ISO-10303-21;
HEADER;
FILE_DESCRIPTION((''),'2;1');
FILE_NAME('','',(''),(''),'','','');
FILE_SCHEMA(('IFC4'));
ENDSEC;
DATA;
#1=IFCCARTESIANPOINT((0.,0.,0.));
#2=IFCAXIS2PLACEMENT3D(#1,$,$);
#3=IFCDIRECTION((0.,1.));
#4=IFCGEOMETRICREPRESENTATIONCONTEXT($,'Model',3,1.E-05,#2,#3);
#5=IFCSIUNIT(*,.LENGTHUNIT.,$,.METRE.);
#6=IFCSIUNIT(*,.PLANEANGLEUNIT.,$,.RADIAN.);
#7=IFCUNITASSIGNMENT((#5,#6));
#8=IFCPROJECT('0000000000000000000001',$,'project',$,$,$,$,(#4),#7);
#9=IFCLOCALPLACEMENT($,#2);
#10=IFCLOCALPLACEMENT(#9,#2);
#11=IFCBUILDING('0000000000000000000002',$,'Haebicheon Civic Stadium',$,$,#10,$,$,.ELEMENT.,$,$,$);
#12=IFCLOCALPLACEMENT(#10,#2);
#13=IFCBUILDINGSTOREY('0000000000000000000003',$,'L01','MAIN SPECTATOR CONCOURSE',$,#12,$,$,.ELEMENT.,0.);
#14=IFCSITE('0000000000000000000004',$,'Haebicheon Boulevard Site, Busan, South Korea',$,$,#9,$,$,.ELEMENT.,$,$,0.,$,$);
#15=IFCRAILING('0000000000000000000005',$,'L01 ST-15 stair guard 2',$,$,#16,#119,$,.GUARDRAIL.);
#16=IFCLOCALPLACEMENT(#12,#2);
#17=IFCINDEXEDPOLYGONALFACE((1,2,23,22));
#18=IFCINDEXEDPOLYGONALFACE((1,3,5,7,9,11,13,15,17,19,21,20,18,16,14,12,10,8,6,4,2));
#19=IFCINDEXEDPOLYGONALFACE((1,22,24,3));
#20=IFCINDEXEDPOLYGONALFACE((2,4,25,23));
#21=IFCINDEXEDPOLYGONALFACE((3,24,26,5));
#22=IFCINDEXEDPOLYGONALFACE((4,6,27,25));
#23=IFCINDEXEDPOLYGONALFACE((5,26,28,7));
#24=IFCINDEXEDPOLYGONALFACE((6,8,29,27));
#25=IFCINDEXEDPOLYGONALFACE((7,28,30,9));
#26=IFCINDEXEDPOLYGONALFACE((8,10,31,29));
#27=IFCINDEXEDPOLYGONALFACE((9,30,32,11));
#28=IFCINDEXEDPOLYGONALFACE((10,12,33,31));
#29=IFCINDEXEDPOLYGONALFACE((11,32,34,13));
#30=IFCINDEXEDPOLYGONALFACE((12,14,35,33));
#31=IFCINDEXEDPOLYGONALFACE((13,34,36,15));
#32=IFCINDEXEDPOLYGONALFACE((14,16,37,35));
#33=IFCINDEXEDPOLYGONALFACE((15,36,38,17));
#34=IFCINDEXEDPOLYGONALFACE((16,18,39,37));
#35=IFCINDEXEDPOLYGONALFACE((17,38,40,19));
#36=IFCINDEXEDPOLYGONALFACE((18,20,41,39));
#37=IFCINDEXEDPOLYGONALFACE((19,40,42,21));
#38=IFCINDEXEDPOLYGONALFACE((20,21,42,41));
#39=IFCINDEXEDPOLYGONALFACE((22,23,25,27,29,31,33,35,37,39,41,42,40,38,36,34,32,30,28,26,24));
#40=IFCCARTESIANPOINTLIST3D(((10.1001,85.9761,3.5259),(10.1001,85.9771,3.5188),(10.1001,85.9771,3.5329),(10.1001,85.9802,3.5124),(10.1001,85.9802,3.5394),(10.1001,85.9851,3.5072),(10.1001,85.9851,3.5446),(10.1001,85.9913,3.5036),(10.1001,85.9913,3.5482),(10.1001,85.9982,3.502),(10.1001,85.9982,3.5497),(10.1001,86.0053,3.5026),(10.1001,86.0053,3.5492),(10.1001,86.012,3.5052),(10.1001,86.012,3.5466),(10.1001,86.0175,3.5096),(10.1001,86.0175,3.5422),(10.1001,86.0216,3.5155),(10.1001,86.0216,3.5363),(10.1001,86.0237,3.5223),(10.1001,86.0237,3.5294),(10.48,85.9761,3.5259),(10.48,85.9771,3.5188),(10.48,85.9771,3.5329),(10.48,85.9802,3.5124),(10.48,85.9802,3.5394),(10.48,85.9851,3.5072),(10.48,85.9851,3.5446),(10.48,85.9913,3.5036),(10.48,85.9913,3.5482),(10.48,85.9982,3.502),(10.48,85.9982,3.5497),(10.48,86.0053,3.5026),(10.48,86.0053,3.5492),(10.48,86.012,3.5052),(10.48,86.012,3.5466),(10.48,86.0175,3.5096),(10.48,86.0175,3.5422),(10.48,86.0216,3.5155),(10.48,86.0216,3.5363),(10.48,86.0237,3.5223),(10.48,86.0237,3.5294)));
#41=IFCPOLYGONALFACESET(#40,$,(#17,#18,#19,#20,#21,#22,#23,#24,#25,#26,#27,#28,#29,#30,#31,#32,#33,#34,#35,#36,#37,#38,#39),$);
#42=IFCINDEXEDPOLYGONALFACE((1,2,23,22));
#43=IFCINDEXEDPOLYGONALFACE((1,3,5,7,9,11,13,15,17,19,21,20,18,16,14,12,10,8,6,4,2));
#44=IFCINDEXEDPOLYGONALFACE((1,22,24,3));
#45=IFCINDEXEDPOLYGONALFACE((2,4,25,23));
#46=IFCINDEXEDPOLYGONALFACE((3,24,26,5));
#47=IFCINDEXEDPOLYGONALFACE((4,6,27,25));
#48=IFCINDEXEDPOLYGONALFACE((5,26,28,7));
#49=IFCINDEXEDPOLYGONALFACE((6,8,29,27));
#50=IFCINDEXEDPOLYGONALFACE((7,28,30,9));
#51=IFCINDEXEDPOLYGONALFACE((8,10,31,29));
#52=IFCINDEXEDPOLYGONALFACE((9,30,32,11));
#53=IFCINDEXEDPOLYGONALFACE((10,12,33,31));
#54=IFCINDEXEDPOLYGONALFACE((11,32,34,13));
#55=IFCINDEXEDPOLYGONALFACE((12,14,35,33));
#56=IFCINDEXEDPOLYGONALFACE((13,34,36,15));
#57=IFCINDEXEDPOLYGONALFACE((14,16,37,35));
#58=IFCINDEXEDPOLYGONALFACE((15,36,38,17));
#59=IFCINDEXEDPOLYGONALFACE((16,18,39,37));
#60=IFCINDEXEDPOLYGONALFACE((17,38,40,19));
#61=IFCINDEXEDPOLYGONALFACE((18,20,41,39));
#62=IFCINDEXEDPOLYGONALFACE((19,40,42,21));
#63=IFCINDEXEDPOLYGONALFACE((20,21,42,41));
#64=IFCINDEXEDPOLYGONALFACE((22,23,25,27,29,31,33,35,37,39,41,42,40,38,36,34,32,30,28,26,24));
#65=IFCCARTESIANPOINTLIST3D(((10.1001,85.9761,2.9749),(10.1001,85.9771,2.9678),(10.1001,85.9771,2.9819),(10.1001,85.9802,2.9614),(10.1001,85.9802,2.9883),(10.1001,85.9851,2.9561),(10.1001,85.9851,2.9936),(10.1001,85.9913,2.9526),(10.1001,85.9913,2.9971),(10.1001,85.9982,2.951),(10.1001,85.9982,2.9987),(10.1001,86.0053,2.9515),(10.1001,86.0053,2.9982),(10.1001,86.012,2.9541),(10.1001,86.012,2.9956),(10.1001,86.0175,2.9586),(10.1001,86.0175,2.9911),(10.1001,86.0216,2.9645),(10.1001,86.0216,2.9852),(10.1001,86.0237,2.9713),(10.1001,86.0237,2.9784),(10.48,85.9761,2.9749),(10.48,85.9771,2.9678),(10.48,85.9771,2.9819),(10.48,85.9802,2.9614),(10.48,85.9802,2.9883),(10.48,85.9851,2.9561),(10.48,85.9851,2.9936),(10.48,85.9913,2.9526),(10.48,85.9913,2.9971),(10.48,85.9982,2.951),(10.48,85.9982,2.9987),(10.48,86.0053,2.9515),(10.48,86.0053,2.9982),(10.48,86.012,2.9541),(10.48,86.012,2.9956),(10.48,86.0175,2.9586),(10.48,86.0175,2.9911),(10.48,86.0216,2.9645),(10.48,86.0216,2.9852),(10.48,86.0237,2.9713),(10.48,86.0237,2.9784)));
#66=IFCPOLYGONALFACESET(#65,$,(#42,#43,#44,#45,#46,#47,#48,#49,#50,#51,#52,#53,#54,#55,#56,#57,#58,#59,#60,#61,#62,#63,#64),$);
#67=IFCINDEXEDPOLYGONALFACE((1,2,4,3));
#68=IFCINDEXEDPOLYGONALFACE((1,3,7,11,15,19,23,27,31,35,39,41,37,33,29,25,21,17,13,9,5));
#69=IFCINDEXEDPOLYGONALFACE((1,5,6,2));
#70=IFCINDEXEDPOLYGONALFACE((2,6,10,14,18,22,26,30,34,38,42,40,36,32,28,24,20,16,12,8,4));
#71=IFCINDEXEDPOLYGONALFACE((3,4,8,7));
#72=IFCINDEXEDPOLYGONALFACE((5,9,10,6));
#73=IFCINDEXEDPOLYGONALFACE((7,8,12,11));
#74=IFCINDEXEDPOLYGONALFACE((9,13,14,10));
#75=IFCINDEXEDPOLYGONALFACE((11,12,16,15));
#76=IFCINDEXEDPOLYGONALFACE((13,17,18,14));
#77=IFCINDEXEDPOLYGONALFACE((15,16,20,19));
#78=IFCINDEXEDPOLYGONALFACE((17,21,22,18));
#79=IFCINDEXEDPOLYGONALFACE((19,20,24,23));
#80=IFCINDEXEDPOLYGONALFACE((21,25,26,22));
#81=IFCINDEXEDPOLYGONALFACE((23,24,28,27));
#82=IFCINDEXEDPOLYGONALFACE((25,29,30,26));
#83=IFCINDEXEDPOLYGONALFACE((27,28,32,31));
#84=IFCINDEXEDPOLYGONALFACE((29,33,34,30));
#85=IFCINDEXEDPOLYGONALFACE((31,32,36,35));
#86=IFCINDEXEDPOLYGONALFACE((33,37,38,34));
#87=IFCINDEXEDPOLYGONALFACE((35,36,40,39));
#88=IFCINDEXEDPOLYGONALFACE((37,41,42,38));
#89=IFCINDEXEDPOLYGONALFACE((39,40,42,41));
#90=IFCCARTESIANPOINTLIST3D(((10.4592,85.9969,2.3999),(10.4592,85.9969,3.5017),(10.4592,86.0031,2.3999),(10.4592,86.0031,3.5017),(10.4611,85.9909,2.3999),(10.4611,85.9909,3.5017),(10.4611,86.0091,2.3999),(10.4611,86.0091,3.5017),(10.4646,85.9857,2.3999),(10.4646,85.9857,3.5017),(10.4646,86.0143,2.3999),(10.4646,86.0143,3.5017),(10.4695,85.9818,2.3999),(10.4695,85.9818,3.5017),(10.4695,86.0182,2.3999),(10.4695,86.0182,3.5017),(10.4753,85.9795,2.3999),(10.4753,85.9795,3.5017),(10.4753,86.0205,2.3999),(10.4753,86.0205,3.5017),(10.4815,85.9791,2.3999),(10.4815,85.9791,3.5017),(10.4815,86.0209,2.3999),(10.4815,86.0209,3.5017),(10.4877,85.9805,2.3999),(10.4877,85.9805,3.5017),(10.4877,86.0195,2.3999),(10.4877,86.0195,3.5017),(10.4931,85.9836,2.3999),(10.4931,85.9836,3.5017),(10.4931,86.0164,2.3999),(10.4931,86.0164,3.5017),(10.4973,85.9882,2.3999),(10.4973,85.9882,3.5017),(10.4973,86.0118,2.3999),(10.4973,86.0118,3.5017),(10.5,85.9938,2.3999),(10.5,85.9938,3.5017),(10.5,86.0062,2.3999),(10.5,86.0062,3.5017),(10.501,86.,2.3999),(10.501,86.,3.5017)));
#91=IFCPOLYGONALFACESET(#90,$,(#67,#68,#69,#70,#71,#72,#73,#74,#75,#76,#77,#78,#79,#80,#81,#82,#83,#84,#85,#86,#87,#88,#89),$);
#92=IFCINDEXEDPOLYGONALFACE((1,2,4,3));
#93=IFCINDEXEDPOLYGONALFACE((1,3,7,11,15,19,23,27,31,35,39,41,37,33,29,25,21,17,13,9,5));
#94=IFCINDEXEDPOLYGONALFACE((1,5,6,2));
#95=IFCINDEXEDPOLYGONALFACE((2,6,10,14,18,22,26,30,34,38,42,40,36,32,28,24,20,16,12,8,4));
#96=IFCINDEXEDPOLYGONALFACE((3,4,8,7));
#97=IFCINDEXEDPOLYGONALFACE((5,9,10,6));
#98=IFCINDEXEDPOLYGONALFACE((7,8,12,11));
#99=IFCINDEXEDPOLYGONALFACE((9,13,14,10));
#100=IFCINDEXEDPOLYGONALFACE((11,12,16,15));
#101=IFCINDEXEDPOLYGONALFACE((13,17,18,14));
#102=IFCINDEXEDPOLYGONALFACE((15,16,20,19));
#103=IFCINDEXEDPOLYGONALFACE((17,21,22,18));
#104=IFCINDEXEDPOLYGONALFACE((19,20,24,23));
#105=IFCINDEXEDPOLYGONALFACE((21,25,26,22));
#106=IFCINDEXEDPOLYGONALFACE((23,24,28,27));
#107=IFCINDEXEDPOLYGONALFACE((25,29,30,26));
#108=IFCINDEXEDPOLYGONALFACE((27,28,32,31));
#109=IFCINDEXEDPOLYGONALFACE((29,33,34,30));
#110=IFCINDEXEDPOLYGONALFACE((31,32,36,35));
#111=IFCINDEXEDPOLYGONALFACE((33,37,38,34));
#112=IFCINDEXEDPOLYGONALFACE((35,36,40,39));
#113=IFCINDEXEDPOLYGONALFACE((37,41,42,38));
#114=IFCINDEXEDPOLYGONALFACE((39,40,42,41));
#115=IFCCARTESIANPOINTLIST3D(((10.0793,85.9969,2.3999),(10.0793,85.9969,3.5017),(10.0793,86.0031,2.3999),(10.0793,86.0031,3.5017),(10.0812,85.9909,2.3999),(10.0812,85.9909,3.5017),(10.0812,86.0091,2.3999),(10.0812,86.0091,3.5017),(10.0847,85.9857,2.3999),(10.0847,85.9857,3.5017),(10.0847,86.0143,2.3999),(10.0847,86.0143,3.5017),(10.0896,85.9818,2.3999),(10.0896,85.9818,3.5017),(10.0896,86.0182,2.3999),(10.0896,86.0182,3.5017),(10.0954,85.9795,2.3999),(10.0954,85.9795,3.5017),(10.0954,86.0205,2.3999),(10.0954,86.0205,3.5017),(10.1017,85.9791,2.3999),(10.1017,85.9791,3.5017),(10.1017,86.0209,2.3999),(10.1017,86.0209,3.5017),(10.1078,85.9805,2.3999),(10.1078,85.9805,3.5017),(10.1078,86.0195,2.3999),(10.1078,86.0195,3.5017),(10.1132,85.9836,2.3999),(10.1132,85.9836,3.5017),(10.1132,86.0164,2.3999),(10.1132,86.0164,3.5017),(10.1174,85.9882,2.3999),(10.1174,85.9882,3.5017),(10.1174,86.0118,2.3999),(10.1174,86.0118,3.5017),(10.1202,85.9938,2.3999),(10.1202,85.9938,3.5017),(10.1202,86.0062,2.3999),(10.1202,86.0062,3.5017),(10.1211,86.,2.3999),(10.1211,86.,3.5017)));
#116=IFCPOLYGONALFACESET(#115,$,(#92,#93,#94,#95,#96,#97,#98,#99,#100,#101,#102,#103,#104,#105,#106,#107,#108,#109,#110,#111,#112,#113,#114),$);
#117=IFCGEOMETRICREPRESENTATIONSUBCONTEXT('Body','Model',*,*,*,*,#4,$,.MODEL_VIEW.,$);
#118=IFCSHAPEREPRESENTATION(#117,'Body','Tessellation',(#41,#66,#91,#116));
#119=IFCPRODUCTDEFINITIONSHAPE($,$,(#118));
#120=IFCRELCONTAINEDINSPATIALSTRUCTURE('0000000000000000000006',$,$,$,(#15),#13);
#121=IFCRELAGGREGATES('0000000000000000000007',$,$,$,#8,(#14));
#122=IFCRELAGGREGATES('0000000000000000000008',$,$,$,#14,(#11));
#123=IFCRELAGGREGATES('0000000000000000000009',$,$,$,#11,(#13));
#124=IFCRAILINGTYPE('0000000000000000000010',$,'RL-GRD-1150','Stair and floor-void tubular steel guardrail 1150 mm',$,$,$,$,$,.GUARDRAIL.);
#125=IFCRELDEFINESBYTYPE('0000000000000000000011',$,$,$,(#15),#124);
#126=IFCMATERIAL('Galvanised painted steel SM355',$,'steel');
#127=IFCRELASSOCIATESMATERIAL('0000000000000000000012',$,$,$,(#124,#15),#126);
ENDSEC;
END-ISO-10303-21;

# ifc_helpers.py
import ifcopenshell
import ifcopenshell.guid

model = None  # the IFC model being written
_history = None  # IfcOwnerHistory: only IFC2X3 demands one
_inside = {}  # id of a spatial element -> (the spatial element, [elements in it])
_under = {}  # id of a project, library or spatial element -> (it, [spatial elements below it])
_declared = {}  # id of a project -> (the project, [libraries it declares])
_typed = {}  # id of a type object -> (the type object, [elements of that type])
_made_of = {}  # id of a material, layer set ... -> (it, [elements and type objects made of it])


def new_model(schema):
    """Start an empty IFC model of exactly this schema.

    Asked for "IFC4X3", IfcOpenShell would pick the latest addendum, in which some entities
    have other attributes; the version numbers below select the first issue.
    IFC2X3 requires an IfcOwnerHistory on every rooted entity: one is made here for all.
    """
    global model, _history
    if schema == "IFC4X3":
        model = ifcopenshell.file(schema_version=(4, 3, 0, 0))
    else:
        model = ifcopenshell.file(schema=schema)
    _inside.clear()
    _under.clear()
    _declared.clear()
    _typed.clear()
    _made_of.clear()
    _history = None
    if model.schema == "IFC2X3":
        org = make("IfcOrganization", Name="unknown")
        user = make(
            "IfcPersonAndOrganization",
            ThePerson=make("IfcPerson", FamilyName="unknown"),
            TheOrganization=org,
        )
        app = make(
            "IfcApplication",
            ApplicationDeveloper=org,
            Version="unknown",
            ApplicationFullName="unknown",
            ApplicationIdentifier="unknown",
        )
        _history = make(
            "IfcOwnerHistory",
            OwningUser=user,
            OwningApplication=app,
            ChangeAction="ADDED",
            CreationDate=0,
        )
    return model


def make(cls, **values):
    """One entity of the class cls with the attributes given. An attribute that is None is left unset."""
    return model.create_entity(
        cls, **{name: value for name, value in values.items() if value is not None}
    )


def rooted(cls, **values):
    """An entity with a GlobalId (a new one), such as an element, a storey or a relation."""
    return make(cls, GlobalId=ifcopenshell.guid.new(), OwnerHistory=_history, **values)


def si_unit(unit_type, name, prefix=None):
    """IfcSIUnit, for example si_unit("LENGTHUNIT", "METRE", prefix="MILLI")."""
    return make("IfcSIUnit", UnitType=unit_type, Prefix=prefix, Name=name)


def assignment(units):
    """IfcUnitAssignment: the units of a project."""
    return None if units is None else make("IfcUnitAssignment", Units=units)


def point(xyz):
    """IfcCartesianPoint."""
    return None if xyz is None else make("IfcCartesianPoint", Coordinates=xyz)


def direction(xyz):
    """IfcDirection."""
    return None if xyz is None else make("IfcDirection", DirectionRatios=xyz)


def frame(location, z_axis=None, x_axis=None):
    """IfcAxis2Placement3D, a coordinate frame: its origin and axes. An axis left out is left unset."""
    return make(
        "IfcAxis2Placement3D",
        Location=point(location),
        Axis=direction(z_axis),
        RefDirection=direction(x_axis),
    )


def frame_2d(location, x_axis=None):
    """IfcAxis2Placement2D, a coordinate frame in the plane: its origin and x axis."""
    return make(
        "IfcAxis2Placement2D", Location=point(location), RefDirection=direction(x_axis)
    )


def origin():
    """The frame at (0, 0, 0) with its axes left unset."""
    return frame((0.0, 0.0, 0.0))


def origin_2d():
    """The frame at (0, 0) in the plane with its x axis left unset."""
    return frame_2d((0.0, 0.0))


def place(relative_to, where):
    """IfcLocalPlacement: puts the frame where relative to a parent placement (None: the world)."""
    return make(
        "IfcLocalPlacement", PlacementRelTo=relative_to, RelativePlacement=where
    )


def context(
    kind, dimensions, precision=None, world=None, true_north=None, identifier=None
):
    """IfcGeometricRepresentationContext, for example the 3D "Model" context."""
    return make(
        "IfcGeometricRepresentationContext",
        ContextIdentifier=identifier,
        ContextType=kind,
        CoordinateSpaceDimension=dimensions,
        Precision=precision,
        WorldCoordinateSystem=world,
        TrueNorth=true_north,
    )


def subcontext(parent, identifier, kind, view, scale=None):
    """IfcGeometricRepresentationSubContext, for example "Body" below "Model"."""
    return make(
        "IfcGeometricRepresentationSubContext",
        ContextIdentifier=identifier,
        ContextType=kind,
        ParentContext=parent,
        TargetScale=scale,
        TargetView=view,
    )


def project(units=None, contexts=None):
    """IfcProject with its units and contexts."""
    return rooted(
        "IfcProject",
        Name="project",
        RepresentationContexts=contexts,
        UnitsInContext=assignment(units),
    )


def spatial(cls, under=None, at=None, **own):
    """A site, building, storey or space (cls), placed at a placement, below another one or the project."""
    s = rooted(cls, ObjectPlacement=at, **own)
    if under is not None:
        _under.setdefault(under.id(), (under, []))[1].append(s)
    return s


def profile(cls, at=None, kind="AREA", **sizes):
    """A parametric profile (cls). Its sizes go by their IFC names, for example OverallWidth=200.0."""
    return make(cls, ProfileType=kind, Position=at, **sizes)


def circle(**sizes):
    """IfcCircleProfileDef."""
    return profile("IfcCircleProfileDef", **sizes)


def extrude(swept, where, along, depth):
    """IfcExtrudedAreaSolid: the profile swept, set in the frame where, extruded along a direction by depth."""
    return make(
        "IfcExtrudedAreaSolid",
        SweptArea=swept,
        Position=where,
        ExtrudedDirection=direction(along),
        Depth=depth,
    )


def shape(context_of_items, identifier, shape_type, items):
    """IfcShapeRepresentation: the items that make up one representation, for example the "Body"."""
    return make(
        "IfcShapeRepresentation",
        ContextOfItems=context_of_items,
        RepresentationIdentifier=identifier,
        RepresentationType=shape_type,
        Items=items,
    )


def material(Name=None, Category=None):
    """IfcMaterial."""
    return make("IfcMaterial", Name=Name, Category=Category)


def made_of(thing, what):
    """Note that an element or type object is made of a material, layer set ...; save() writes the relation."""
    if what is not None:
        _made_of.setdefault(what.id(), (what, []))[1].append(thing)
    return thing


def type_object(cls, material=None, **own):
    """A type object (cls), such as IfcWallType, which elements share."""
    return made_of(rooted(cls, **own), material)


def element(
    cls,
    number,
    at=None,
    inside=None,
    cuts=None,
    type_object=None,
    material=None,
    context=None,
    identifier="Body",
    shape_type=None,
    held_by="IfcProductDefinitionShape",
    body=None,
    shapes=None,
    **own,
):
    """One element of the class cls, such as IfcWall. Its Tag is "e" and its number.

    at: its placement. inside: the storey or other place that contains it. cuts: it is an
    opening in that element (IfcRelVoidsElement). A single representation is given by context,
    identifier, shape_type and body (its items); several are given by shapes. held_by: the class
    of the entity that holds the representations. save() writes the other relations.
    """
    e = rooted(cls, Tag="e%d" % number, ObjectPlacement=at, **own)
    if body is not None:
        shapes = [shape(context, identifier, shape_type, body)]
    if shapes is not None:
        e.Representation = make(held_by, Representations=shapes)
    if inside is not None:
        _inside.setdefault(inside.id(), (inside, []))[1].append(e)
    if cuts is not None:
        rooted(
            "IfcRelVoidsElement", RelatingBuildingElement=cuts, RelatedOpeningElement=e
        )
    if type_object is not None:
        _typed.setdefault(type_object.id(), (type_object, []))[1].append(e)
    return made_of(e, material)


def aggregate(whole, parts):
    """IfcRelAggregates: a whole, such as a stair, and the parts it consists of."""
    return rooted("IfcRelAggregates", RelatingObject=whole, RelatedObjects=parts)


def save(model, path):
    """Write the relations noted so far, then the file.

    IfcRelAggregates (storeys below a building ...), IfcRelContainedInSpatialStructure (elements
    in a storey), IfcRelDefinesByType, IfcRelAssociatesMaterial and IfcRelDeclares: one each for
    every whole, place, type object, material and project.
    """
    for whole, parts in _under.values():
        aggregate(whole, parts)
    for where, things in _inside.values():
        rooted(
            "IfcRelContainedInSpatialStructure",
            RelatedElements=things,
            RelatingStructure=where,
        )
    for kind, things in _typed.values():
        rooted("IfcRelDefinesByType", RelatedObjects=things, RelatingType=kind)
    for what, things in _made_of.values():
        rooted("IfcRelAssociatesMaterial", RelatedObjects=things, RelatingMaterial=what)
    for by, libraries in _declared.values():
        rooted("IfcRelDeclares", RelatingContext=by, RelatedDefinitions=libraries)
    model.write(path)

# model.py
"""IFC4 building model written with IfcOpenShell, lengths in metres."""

from ifc_helpers import new_model, si_unit, direction, frame, origin, origin_2d, place, context, subcontext, project, spatial, circle, extrude, material, type_object, element, save


model = new_model("IFC4")

# Units and contexts
model_context = context("Model", 3, precision=1e-05, world=origin(), true_north=direction((0.0, 1.0)))
body_context = subcontext(model_context, "Body", "Model", "MODEL_VIEW")
ifc_project = project(units=[si_unit("LENGTHUNIT", "METRE"), si_unit("PLANEANGLEUNIT", "RADIAN")], contexts=[model_context])

# Site, building, storey
site_placement = place(None, origin())
site = spatial("IfcSite", under=ifc_project, at=site_placement, Name="Haebicheon Boulevard Site, Busan, South Korea", CompositionType="ELEMENT", RefElevation=0.0)
building_placement = place(site_placement, origin())
building = spatial("IfcBuilding", under=site, at=building_placement, Name="Haebicheon Civic Stadium", CompositionType="ELEMENT")
storey_placement = place(building_placement, origin())
storey = spatial("IfcBuildingStorey", under=building, at=storey_placement, Name="L01", Description="MAIN SPECTATOR CONCOURSE", CompositionType="ELEMENT", Elevation=0.0)

# Railing
ifc_material_1 = material(Name="Galvanised painted steel SM355", Category="steel")
railing_type_1 = type_object("IfcRailingType", Name="RL-GRD-1150", Description="Stair and floor-void tubular steel guardrail 1150 mm", PredefinedType="GUARDRAIL", material=ifc_material_1)
railing_1_placement = place(storey_placement, frame((10.48, 86.0, 2.3999)))
element("IfcRailing", 1, at=railing_1_placement, inside=storey, type_object=railing_type_1, material=ifc_material_1, Name="L01 ST-15 stair guard 2", PredefinedType="GUARDRAIL", context=body_context, shape_type="SweptSolid", body=[
    extrude(circle(Radius=0.0239, at=origin_2d()), frame((0.0, 0.0, 1.126), z_axis=(-1.0, 0.0, 0.0), x_axis=(0.0, -1.0, 0.0)), (0.0, 0.0, 1.0), 0.3799),
    extrude(circle(Radius=0.0239, at=origin_2d()), frame((0.0, 0.0, 0.575), z_axis=(-1.0, 0.0, 0.0), x_axis=(0.0, -1.0, 0.0)), (0.0, 0.0, 1.0), 0.3799),
    extrude(circle(Radius=0.021, at=origin_2d()), origin(), (0.0, 0.0, 1.0), 1.1018),
    extrude(circle(Radius=0.021, at=origin_2d()), frame((-0.3799, 0.0, 0.0)), (0.0, 0.0, 1.0), 1.1018),
])

save(model, "model.ifc")
